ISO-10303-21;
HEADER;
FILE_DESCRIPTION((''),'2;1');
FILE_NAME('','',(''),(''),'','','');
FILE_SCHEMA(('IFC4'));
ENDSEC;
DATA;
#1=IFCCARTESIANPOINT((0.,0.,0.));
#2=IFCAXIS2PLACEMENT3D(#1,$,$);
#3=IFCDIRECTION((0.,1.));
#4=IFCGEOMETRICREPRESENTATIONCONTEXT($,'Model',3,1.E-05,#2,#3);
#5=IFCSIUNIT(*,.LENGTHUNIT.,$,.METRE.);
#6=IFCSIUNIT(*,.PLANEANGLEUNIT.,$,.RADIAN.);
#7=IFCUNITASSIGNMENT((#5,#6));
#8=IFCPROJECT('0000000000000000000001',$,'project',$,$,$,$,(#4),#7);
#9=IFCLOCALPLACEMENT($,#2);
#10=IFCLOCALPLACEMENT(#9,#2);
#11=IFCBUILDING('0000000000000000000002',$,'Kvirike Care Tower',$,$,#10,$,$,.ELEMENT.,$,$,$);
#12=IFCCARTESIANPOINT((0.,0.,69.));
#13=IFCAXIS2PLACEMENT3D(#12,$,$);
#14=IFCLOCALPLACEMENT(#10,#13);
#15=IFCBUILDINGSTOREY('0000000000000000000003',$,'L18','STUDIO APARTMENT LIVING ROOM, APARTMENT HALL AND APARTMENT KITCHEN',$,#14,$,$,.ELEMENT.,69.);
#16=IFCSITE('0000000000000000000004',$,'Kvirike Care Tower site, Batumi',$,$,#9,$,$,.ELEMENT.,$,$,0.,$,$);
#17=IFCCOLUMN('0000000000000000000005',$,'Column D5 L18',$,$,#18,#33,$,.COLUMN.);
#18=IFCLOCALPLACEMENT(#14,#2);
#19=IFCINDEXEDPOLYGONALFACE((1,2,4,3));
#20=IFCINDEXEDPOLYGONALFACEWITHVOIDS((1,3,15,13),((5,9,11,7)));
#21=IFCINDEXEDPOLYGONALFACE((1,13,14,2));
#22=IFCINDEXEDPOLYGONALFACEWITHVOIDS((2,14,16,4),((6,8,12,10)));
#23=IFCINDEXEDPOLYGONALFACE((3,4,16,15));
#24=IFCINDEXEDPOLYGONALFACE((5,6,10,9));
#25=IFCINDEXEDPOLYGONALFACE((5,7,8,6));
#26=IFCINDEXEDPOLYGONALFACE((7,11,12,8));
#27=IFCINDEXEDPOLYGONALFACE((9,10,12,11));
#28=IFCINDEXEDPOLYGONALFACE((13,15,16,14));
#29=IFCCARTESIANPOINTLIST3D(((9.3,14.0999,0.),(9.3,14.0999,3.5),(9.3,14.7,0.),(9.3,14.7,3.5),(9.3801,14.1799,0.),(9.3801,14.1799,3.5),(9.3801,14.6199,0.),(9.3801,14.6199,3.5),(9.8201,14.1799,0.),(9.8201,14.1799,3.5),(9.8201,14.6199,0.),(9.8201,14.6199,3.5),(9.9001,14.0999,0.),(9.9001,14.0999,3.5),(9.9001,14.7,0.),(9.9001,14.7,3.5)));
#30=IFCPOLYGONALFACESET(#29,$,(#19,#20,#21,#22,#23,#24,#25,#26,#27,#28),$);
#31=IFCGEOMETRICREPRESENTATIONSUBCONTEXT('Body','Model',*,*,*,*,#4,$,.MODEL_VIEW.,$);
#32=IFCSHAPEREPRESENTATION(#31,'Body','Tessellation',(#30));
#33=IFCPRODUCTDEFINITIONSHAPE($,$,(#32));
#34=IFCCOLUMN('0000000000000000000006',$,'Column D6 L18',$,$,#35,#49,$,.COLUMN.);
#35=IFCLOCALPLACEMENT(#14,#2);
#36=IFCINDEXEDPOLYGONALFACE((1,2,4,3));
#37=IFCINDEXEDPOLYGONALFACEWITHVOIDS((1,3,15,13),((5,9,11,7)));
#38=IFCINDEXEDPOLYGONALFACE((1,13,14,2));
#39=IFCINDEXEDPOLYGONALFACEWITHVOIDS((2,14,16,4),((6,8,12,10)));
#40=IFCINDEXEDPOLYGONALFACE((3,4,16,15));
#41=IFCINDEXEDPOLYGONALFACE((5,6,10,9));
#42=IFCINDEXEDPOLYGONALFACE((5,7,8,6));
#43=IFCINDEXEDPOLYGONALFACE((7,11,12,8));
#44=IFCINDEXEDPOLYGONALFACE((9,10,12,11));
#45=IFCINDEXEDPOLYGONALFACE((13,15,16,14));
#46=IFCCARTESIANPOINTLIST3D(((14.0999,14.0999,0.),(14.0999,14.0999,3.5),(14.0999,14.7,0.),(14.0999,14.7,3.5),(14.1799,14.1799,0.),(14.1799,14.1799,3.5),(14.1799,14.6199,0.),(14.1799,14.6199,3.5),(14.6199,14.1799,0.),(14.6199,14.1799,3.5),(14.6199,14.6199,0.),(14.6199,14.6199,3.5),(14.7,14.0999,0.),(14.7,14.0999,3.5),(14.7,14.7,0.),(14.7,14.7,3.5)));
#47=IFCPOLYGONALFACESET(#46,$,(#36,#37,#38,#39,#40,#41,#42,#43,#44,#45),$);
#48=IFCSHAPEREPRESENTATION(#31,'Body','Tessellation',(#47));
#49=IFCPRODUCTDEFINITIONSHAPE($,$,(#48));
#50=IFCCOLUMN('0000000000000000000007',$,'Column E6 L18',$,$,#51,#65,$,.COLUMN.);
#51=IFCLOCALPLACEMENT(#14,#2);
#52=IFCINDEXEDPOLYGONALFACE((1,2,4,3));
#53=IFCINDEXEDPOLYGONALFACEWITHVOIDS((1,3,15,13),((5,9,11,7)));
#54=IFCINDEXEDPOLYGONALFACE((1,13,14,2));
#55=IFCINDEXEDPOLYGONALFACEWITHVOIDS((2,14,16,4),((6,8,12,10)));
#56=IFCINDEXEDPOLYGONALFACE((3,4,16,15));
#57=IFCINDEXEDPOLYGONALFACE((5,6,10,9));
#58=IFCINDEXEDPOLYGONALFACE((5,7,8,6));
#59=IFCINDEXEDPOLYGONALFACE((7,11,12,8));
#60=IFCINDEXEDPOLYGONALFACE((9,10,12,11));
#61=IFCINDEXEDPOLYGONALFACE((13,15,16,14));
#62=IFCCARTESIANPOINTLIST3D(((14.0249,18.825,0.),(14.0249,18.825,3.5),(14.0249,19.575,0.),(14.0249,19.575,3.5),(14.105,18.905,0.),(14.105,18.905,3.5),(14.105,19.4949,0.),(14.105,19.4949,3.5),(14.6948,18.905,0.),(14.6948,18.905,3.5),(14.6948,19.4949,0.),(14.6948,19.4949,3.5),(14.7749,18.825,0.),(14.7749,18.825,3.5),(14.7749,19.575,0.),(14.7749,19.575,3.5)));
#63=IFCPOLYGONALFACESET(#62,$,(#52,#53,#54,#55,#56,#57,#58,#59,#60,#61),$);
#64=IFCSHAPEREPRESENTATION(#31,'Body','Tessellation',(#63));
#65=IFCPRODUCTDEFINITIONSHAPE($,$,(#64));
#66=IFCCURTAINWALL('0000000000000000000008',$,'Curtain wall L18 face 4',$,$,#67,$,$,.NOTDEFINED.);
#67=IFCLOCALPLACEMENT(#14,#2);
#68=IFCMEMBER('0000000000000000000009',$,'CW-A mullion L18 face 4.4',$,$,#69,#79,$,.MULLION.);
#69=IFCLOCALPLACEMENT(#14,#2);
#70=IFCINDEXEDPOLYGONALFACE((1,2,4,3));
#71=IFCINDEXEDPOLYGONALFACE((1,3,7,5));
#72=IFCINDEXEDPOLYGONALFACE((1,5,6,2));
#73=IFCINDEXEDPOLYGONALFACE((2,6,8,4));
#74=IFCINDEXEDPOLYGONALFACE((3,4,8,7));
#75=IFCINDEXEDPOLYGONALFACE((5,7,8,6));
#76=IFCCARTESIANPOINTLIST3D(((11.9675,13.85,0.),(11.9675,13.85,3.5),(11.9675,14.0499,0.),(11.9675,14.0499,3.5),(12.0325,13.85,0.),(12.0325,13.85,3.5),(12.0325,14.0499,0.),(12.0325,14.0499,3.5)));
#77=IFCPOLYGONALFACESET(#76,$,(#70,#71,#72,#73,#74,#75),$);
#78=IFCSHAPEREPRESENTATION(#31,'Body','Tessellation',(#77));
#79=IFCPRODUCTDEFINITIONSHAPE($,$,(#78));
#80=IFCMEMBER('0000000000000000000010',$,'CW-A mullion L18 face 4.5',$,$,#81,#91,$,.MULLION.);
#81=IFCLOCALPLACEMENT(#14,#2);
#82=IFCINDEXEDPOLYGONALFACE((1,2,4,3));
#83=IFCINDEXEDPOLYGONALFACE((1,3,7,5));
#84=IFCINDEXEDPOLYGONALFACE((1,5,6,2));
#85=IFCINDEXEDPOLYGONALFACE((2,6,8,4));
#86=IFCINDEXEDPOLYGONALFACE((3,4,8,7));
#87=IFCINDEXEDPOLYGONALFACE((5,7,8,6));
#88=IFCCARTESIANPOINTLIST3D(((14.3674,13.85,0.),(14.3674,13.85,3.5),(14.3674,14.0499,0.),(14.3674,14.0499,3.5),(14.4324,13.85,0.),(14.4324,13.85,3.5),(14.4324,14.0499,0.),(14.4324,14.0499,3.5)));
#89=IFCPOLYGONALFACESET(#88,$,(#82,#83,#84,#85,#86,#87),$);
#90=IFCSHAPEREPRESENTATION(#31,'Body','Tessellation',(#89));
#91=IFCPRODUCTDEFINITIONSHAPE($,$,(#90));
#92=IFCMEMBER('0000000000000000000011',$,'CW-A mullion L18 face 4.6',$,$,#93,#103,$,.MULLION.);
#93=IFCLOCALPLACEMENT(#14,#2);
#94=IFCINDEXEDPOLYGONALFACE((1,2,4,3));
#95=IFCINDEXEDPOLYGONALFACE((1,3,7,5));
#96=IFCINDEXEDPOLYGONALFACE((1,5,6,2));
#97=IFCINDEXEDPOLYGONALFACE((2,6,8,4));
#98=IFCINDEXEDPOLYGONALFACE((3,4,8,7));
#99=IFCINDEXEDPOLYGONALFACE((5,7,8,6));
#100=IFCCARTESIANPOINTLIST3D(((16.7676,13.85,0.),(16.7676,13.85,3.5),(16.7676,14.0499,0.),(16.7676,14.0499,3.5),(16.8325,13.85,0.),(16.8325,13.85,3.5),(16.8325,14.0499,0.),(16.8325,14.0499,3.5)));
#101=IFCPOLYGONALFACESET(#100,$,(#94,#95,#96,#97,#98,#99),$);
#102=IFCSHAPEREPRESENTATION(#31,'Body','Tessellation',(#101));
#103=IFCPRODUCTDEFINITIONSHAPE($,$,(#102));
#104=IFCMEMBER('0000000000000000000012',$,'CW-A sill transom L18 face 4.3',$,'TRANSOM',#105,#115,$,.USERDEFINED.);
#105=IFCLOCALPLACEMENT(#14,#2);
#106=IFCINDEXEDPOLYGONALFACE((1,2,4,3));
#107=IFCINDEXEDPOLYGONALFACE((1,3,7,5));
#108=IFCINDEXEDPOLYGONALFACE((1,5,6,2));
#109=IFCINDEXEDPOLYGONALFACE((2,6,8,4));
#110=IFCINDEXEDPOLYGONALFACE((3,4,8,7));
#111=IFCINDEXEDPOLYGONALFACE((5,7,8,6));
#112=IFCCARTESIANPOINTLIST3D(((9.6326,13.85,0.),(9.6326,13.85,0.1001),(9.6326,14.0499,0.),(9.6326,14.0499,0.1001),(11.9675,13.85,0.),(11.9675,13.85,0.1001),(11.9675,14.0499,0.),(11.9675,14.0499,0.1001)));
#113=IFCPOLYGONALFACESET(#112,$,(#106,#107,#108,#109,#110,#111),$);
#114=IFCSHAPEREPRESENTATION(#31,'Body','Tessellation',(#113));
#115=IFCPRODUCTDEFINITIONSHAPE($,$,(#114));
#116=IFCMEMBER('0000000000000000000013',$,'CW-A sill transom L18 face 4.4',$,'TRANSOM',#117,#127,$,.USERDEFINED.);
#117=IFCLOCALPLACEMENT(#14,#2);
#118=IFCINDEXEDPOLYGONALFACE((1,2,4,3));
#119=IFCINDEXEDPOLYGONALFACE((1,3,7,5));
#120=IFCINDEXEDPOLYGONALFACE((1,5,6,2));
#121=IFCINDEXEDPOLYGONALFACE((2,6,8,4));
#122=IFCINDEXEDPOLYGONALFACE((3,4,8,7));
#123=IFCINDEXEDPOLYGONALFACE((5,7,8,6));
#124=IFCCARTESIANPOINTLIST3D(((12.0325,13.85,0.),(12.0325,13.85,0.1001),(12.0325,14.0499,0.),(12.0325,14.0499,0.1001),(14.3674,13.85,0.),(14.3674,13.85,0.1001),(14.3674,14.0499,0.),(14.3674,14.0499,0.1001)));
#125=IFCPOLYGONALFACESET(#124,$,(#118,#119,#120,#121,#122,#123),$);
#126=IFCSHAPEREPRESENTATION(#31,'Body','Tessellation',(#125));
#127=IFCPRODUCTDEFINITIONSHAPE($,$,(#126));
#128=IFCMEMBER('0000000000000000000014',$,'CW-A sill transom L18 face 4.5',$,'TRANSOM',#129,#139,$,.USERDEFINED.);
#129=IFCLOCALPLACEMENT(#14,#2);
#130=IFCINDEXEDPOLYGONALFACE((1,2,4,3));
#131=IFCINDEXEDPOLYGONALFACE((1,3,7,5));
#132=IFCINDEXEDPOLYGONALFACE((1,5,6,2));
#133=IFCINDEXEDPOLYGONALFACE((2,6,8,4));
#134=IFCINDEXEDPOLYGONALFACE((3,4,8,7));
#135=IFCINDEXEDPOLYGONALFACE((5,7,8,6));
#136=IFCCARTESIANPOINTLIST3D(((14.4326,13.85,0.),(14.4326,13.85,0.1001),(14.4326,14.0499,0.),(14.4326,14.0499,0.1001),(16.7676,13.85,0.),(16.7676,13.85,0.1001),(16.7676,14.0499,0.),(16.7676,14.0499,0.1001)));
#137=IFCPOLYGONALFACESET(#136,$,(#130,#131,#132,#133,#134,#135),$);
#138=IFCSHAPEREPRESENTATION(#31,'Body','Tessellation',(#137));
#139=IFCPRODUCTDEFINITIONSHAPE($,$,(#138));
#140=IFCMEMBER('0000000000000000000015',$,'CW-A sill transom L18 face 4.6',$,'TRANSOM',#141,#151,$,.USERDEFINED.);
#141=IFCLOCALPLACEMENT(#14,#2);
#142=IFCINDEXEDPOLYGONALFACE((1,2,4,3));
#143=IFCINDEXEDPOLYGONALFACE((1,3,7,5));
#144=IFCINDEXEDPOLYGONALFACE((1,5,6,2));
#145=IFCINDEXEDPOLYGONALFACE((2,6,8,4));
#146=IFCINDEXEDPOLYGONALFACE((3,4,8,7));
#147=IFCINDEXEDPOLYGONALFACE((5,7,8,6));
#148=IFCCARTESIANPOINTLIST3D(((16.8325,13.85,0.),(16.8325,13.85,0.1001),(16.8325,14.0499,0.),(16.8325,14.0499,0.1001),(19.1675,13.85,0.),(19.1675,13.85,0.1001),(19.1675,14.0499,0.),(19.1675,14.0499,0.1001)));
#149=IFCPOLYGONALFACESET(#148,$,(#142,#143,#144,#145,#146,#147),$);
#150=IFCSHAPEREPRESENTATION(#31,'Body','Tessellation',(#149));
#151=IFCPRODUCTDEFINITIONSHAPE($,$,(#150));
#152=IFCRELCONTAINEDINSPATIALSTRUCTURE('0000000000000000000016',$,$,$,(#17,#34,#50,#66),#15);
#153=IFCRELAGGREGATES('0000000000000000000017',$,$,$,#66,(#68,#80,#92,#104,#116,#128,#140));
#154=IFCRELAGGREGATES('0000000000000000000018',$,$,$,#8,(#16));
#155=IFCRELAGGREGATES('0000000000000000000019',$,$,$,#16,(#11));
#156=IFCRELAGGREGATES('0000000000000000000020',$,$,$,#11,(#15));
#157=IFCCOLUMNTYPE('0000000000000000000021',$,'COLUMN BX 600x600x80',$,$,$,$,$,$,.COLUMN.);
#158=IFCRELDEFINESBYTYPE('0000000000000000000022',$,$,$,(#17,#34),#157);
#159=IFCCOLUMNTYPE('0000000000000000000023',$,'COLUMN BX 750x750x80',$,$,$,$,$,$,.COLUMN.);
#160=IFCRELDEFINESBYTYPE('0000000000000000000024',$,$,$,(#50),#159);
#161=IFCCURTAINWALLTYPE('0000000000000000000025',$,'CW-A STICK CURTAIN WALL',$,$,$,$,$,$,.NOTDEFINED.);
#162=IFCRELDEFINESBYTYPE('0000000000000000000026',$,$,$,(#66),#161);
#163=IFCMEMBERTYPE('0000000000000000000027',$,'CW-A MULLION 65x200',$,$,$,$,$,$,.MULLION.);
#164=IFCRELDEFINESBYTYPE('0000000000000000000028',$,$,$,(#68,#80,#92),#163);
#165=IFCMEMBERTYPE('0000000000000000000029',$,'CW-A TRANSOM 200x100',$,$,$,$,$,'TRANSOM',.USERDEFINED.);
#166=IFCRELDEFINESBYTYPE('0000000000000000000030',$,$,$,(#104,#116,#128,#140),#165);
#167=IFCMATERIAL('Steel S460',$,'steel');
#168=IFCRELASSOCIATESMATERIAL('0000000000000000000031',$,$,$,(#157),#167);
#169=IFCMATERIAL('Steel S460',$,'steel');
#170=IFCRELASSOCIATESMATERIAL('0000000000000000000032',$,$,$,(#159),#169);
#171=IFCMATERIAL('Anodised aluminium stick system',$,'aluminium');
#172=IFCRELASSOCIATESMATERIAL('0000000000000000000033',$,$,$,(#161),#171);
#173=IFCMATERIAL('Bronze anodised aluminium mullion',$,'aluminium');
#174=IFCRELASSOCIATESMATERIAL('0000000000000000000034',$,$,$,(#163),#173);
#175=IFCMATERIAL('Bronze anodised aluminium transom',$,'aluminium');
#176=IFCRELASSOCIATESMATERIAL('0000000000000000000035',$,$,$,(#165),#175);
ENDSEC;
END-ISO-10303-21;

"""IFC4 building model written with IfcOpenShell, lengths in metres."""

from ifc_helpers import new_model, si_unit, direction, frame, origin, origin_2d, place, context, subcontext, project, spatial, rectangle, hollow_rectangle, extrude, material, material_profile, profile_set, type_object, element, aggregate, save


model = new_model("IFC4")

# Units and contexts
model_context = context("Model", 3, precision=1e-05, world=origin(), true_north=direction((0.0, 1.0)))
body_context = subcontext(model_context, "Body", "Model", "MODEL_VIEW")
ifc_project = project(units=[si_unit("LENGTHUNIT", "METRE"), si_unit("PLANEANGLEUNIT", "RADIAN")], contexts=[model_context])

# Site, building, storey
site_placement = place(None, origin())
site = spatial("IfcSite", under=ifc_project, at=site_placement, Name="Kvirike Care Tower site, Batumi", CompositionType="ELEMENT", RefElevation=0.0)
building_placement = place(site_placement, origin())
building = spatial("IfcBuilding", under=site, at=building_placement, Name="Kvirike Care Tower", CompositionType="ELEMENT")
storey_placement = place(building_placement, frame((0.0, 0.0, 69.0)))
storey = spatial("IfcBuildingStorey", under=building, at=storey_placement, Name="L18", Description="STUDIO APARTMENT LIVING ROOM, APARTMENT HALL AND APARTMENT KITCHEN", CompositionType="ELEMENT", Elevation=69.0)

# Columns
ifc_material_1 = material(Name="Steel S460", Category="steel")
ifc_material_profile_1 = material_profile(ifc_material_1, hollow_rectangle(XDim=0.6001, YDim=0.6001, WallThickness=0.0801, at=origin_2d()), Name="BX 600x600x80")
ifc_profile_set_1 = profile_set([ifc_material_profile_1], Name="Steel S460")
column_type_1 = type_object("IfcColumnType", Name="COLUMN BX 600x600x80", PredefinedType="COLUMN", material=ifc_profile_set_1)
for number, where, z_axis, x_axis, name in (
    (1, (9.6001, 14.3999, 0.0), (0.0, 0.0, 1.0), (0.0, 1.0, 0.0), "Column D5 L18"),
    (2, (14.3999, 14.3999, 0.0), (0.0, 0.0, 1.0), (0.0, 1.0, 0.0), "Column D6 L18"),
):
    element("IfcColumn", number, at=place(storey_placement, frame(where, z_axis=z_axis, x_axis=x_axis)), inside=storey, type_object=column_type_1, Name=name, PredefinedType="COLUMN", context=body_context, shape_type="SweptSolid", body=[
        extrude(hollow_rectangle(XDim=0.6001, YDim=0.6001, WallThickness=0.0801, at=origin_2d()), origin(), (0.0, 0.0, 1.0), 3.5),
    ])
ifc_material_2 = material(Name="Steel S460", Category="steel")
ifc_material_profile_2 = material_profile(ifc_material_2, hollow_rectangle(XDim=0.75, YDim=0.75, WallThickness=0.0801, at=origin_2d()), Name="BX 750x750x80")
ifc_profile_set_2 = profile_set([ifc_material_profile_2], Name="Steel S460")
column_type_2 = type_object("IfcColumnType", Name="COLUMN BX 750x750x80", PredefinedType="COLUMN", material=ifc_profile_set_2)
column_placement = place(storey_placement, frame((14.3999, 19.2, 0.0), z_axis=(0.0, 0.0, 1.0), x_axis=(1.0, 0.0, 0.0)))
element("IfcColumn", 3, at=column_placement, inside=storey, type_object=column_type_2, Name="Column E6 L18", PredefinedType="COLUMN", context=body_context, shape_type="SweptSolid", body=[
    extrude(hollow_rectangle(XDim=0.75, YDim=0.75, WallThickness=0.0801, at=origin_2d()), origin(), (0.0, 0.0, 1.0), 3.5),
])

# Curtain wall, members
ifc_material_3 = material(Name="Anodised aluminium stick system", Category="aluminium")
curtain_wall_type = type_object("IfcCurtainWallType", Name="CW-A STICK CURTAIN WALL", PredefinedType="NOTDEFINED", material=ifc_material_3)
curtain_wall_placement = place(storey_placement, origin())
curtain_wall = element("IfcCurtainWall", 4, at=curtain_wall_placement, inside=storey, type_object=curtain_wall_type, Name="Curtain wall L18 face 4", PredefinedType="NOTDEFINED")
ifc_material_4 = material(Name="Bronze anodised aluminium mullion", Category="aluminium")
ifc_material_profile_3 = material_profile(ifc_material_4, rectangle(XDim=0.0649, YDim=0.2, at=origin_2d()), Name="CW-A MULLION 65x200")
ifc_profile_set_3 = profile_set([ifc_material_profile_3], Name="Bronze anodised aluminium mullion")
member_type_1 = type_object("IfcMemberType", Name="CW-A MULLION 65x200", PredefinedType="MULLION", material=ifc_profile_set_3)
member_1_placement = place(storey_placement, frame((12.0, 13.95, 0.0), z_axis=(0.0, 0.0, 1.0), x_axis=(1.0, 0.0, 0.0)))
member_1 = element("IfcMember", 5, at=member_1_placement, type_object=member_type_1, Name="CW-A mullion L18 face 4.4", PredefinedType="MULLION", context=body_context, shape_type="SweptSolid", body=[
    extrude(rectangle(XDim=0.0649, YDim=0.2, at=origin_2d()), origin(), (0.0, 0.0, 1.0), 3.5),
])
member_2_placement = place(storey_placement, frame((14.3999, 13.95, 0.0), z_axis=(0.0, 0.0, 1.0), x_axis=(1.0, 0.0, 0.0)))
member_2 = element("IfcMember", 6, at=member_2_placement, type_object=member_type_1, Name="CW-A mullion L18 face 4.5", PredefinedType="MULLION", context=body_context, shape_type="SweptSolid", body=[
    extrude(rectangle(XDim=0.0649, YDim=0.2, at=origin_2d()), origin(), (0.0, 0.0, 1.0), 3.5),
])
member_3_placement = place(storey_placement, frame((16.8, 13.95, 0.0), z_axis=(0.0, 0.0, 1.0), x_axis=(1.0, 0.0, 0.0)))
member_3 = element("IfcMember", 7, at=member_3_placement, type_object=member_type_1, Name="CW-A mullion L18 face 4.6", PredefinedType="MULLION", context=body_context, shape_type="SweptSolid", body=[
    extrude(rectangle(XDim=0.0649, YDim=0.2, at=origin_2d()), origin(), (0.0, 0.0, 1.0), 3.5),
])
ifc_material_5 = material(Name="Bronze anodised aluminium transom", Category="aluminium")
ifc_material_profile_4 = material_profile(ifc_material_5, rectangle(XDim=0.2, YDim=0.1001, at=origin_2d()), Name="CW-A TRANSOM 200x100")
ifc_profile_set_4 = profile_set([ifc_material_profile_4], Name="Bronze anodised aluminium transom")
member_type_2 = type_object("IfcMemberType", Name="CW-A TRANSOM 200x100", ElementType="TRANSOM", PredefinedType="USERDEFINED", material=ifc_profile_set_4)
member_4_placement = place(storey_placement, frame((9.6326, 13.95, 0.05), z_axis=(1.0, 0.0, 0.0), x_axis=(0.0, 1.0, 0.0)))
member_4 = element("IfcMember", 8, at=member_4_placement, type_object=member_type_2, Name="CW-A sill transom L18 face 4.3", ObjectType="TRANSOM", PredefinedType="USERDEFINED", context=body_context, shape_type="SweptSolid", body=[
    extrude(rectangle(XDim=0.2, YDim=0.1001, at=origin_2d()), origin(), (0.0, 0.0, 1.0), 2.335),
])
member_5_placement = place(storey_placement, frame((12.0325, 13.95, 0.05), z_axis=(1.0, 0.0, 0.0), x_axis=(0.0, 1.0, 0.0)))
member_5 = element("IfcMember", 9, at=member_5_placement, type_object=member_type_2, Name="CW-A sill transom L18 face 4.4", ObjectType="TRANSOM", PredefinedType="USERDEFINED", context=body_context, shape_type="SweptSolid", body=[
    extrude(rectangle(XDim=0.2, YDim=0.1001, at=origin_2d()), origin(), (0.0, 0.0, 1.0), 2.335),
])
member_6_placement = place(storey_placement, frame((14.4326, 13.95, 0.05), z_axis=(1.0, 0.0, 0.0), x_axis=(0.0, 1.0, 0.0)))
member_6 = element("IfcMember", 10, at=member_6_placement, type_object=member_type_2, Name="CW-A sill transom L18 face 4.5", ObjectType="TRANSOM", PredefinedType="USERDEFINED", context=body_context, shape_type="SweptSolid", body=[
    extrude(rectangle(XDim=0.2, YDim=0.1001, at=origin_2d()), origin(), (0.0, 0.0, 1.0), 2.335),
])
member_7_placement = place(storey_placement, frame((16.8325, 13.95, 0.05), z_axis=(1.0, 0.0, 0.0), x_axis=(0.0, 1.0, 0.0)))
member_7 = element("IfcMember", 11, at=member_7_placement, type_object=member_type_2, Name="CW-A sill transom L18 face 4.6", ObjectType="TRANSOM", PredefinedType="USERDEFINED", context=body_context, shape_type="SweptSolid", body=[
    extrude(rectangle(XDim=0.2, YDim=0.1001, at=origin_2d()), origin(), (0.0, 0.0, 1.0), 2.335),
])

aggregate(curtain_wall, [member_1, member_2, member_3, member_4, member_5, member_6, member_7])

save(model, "model.ifc")
